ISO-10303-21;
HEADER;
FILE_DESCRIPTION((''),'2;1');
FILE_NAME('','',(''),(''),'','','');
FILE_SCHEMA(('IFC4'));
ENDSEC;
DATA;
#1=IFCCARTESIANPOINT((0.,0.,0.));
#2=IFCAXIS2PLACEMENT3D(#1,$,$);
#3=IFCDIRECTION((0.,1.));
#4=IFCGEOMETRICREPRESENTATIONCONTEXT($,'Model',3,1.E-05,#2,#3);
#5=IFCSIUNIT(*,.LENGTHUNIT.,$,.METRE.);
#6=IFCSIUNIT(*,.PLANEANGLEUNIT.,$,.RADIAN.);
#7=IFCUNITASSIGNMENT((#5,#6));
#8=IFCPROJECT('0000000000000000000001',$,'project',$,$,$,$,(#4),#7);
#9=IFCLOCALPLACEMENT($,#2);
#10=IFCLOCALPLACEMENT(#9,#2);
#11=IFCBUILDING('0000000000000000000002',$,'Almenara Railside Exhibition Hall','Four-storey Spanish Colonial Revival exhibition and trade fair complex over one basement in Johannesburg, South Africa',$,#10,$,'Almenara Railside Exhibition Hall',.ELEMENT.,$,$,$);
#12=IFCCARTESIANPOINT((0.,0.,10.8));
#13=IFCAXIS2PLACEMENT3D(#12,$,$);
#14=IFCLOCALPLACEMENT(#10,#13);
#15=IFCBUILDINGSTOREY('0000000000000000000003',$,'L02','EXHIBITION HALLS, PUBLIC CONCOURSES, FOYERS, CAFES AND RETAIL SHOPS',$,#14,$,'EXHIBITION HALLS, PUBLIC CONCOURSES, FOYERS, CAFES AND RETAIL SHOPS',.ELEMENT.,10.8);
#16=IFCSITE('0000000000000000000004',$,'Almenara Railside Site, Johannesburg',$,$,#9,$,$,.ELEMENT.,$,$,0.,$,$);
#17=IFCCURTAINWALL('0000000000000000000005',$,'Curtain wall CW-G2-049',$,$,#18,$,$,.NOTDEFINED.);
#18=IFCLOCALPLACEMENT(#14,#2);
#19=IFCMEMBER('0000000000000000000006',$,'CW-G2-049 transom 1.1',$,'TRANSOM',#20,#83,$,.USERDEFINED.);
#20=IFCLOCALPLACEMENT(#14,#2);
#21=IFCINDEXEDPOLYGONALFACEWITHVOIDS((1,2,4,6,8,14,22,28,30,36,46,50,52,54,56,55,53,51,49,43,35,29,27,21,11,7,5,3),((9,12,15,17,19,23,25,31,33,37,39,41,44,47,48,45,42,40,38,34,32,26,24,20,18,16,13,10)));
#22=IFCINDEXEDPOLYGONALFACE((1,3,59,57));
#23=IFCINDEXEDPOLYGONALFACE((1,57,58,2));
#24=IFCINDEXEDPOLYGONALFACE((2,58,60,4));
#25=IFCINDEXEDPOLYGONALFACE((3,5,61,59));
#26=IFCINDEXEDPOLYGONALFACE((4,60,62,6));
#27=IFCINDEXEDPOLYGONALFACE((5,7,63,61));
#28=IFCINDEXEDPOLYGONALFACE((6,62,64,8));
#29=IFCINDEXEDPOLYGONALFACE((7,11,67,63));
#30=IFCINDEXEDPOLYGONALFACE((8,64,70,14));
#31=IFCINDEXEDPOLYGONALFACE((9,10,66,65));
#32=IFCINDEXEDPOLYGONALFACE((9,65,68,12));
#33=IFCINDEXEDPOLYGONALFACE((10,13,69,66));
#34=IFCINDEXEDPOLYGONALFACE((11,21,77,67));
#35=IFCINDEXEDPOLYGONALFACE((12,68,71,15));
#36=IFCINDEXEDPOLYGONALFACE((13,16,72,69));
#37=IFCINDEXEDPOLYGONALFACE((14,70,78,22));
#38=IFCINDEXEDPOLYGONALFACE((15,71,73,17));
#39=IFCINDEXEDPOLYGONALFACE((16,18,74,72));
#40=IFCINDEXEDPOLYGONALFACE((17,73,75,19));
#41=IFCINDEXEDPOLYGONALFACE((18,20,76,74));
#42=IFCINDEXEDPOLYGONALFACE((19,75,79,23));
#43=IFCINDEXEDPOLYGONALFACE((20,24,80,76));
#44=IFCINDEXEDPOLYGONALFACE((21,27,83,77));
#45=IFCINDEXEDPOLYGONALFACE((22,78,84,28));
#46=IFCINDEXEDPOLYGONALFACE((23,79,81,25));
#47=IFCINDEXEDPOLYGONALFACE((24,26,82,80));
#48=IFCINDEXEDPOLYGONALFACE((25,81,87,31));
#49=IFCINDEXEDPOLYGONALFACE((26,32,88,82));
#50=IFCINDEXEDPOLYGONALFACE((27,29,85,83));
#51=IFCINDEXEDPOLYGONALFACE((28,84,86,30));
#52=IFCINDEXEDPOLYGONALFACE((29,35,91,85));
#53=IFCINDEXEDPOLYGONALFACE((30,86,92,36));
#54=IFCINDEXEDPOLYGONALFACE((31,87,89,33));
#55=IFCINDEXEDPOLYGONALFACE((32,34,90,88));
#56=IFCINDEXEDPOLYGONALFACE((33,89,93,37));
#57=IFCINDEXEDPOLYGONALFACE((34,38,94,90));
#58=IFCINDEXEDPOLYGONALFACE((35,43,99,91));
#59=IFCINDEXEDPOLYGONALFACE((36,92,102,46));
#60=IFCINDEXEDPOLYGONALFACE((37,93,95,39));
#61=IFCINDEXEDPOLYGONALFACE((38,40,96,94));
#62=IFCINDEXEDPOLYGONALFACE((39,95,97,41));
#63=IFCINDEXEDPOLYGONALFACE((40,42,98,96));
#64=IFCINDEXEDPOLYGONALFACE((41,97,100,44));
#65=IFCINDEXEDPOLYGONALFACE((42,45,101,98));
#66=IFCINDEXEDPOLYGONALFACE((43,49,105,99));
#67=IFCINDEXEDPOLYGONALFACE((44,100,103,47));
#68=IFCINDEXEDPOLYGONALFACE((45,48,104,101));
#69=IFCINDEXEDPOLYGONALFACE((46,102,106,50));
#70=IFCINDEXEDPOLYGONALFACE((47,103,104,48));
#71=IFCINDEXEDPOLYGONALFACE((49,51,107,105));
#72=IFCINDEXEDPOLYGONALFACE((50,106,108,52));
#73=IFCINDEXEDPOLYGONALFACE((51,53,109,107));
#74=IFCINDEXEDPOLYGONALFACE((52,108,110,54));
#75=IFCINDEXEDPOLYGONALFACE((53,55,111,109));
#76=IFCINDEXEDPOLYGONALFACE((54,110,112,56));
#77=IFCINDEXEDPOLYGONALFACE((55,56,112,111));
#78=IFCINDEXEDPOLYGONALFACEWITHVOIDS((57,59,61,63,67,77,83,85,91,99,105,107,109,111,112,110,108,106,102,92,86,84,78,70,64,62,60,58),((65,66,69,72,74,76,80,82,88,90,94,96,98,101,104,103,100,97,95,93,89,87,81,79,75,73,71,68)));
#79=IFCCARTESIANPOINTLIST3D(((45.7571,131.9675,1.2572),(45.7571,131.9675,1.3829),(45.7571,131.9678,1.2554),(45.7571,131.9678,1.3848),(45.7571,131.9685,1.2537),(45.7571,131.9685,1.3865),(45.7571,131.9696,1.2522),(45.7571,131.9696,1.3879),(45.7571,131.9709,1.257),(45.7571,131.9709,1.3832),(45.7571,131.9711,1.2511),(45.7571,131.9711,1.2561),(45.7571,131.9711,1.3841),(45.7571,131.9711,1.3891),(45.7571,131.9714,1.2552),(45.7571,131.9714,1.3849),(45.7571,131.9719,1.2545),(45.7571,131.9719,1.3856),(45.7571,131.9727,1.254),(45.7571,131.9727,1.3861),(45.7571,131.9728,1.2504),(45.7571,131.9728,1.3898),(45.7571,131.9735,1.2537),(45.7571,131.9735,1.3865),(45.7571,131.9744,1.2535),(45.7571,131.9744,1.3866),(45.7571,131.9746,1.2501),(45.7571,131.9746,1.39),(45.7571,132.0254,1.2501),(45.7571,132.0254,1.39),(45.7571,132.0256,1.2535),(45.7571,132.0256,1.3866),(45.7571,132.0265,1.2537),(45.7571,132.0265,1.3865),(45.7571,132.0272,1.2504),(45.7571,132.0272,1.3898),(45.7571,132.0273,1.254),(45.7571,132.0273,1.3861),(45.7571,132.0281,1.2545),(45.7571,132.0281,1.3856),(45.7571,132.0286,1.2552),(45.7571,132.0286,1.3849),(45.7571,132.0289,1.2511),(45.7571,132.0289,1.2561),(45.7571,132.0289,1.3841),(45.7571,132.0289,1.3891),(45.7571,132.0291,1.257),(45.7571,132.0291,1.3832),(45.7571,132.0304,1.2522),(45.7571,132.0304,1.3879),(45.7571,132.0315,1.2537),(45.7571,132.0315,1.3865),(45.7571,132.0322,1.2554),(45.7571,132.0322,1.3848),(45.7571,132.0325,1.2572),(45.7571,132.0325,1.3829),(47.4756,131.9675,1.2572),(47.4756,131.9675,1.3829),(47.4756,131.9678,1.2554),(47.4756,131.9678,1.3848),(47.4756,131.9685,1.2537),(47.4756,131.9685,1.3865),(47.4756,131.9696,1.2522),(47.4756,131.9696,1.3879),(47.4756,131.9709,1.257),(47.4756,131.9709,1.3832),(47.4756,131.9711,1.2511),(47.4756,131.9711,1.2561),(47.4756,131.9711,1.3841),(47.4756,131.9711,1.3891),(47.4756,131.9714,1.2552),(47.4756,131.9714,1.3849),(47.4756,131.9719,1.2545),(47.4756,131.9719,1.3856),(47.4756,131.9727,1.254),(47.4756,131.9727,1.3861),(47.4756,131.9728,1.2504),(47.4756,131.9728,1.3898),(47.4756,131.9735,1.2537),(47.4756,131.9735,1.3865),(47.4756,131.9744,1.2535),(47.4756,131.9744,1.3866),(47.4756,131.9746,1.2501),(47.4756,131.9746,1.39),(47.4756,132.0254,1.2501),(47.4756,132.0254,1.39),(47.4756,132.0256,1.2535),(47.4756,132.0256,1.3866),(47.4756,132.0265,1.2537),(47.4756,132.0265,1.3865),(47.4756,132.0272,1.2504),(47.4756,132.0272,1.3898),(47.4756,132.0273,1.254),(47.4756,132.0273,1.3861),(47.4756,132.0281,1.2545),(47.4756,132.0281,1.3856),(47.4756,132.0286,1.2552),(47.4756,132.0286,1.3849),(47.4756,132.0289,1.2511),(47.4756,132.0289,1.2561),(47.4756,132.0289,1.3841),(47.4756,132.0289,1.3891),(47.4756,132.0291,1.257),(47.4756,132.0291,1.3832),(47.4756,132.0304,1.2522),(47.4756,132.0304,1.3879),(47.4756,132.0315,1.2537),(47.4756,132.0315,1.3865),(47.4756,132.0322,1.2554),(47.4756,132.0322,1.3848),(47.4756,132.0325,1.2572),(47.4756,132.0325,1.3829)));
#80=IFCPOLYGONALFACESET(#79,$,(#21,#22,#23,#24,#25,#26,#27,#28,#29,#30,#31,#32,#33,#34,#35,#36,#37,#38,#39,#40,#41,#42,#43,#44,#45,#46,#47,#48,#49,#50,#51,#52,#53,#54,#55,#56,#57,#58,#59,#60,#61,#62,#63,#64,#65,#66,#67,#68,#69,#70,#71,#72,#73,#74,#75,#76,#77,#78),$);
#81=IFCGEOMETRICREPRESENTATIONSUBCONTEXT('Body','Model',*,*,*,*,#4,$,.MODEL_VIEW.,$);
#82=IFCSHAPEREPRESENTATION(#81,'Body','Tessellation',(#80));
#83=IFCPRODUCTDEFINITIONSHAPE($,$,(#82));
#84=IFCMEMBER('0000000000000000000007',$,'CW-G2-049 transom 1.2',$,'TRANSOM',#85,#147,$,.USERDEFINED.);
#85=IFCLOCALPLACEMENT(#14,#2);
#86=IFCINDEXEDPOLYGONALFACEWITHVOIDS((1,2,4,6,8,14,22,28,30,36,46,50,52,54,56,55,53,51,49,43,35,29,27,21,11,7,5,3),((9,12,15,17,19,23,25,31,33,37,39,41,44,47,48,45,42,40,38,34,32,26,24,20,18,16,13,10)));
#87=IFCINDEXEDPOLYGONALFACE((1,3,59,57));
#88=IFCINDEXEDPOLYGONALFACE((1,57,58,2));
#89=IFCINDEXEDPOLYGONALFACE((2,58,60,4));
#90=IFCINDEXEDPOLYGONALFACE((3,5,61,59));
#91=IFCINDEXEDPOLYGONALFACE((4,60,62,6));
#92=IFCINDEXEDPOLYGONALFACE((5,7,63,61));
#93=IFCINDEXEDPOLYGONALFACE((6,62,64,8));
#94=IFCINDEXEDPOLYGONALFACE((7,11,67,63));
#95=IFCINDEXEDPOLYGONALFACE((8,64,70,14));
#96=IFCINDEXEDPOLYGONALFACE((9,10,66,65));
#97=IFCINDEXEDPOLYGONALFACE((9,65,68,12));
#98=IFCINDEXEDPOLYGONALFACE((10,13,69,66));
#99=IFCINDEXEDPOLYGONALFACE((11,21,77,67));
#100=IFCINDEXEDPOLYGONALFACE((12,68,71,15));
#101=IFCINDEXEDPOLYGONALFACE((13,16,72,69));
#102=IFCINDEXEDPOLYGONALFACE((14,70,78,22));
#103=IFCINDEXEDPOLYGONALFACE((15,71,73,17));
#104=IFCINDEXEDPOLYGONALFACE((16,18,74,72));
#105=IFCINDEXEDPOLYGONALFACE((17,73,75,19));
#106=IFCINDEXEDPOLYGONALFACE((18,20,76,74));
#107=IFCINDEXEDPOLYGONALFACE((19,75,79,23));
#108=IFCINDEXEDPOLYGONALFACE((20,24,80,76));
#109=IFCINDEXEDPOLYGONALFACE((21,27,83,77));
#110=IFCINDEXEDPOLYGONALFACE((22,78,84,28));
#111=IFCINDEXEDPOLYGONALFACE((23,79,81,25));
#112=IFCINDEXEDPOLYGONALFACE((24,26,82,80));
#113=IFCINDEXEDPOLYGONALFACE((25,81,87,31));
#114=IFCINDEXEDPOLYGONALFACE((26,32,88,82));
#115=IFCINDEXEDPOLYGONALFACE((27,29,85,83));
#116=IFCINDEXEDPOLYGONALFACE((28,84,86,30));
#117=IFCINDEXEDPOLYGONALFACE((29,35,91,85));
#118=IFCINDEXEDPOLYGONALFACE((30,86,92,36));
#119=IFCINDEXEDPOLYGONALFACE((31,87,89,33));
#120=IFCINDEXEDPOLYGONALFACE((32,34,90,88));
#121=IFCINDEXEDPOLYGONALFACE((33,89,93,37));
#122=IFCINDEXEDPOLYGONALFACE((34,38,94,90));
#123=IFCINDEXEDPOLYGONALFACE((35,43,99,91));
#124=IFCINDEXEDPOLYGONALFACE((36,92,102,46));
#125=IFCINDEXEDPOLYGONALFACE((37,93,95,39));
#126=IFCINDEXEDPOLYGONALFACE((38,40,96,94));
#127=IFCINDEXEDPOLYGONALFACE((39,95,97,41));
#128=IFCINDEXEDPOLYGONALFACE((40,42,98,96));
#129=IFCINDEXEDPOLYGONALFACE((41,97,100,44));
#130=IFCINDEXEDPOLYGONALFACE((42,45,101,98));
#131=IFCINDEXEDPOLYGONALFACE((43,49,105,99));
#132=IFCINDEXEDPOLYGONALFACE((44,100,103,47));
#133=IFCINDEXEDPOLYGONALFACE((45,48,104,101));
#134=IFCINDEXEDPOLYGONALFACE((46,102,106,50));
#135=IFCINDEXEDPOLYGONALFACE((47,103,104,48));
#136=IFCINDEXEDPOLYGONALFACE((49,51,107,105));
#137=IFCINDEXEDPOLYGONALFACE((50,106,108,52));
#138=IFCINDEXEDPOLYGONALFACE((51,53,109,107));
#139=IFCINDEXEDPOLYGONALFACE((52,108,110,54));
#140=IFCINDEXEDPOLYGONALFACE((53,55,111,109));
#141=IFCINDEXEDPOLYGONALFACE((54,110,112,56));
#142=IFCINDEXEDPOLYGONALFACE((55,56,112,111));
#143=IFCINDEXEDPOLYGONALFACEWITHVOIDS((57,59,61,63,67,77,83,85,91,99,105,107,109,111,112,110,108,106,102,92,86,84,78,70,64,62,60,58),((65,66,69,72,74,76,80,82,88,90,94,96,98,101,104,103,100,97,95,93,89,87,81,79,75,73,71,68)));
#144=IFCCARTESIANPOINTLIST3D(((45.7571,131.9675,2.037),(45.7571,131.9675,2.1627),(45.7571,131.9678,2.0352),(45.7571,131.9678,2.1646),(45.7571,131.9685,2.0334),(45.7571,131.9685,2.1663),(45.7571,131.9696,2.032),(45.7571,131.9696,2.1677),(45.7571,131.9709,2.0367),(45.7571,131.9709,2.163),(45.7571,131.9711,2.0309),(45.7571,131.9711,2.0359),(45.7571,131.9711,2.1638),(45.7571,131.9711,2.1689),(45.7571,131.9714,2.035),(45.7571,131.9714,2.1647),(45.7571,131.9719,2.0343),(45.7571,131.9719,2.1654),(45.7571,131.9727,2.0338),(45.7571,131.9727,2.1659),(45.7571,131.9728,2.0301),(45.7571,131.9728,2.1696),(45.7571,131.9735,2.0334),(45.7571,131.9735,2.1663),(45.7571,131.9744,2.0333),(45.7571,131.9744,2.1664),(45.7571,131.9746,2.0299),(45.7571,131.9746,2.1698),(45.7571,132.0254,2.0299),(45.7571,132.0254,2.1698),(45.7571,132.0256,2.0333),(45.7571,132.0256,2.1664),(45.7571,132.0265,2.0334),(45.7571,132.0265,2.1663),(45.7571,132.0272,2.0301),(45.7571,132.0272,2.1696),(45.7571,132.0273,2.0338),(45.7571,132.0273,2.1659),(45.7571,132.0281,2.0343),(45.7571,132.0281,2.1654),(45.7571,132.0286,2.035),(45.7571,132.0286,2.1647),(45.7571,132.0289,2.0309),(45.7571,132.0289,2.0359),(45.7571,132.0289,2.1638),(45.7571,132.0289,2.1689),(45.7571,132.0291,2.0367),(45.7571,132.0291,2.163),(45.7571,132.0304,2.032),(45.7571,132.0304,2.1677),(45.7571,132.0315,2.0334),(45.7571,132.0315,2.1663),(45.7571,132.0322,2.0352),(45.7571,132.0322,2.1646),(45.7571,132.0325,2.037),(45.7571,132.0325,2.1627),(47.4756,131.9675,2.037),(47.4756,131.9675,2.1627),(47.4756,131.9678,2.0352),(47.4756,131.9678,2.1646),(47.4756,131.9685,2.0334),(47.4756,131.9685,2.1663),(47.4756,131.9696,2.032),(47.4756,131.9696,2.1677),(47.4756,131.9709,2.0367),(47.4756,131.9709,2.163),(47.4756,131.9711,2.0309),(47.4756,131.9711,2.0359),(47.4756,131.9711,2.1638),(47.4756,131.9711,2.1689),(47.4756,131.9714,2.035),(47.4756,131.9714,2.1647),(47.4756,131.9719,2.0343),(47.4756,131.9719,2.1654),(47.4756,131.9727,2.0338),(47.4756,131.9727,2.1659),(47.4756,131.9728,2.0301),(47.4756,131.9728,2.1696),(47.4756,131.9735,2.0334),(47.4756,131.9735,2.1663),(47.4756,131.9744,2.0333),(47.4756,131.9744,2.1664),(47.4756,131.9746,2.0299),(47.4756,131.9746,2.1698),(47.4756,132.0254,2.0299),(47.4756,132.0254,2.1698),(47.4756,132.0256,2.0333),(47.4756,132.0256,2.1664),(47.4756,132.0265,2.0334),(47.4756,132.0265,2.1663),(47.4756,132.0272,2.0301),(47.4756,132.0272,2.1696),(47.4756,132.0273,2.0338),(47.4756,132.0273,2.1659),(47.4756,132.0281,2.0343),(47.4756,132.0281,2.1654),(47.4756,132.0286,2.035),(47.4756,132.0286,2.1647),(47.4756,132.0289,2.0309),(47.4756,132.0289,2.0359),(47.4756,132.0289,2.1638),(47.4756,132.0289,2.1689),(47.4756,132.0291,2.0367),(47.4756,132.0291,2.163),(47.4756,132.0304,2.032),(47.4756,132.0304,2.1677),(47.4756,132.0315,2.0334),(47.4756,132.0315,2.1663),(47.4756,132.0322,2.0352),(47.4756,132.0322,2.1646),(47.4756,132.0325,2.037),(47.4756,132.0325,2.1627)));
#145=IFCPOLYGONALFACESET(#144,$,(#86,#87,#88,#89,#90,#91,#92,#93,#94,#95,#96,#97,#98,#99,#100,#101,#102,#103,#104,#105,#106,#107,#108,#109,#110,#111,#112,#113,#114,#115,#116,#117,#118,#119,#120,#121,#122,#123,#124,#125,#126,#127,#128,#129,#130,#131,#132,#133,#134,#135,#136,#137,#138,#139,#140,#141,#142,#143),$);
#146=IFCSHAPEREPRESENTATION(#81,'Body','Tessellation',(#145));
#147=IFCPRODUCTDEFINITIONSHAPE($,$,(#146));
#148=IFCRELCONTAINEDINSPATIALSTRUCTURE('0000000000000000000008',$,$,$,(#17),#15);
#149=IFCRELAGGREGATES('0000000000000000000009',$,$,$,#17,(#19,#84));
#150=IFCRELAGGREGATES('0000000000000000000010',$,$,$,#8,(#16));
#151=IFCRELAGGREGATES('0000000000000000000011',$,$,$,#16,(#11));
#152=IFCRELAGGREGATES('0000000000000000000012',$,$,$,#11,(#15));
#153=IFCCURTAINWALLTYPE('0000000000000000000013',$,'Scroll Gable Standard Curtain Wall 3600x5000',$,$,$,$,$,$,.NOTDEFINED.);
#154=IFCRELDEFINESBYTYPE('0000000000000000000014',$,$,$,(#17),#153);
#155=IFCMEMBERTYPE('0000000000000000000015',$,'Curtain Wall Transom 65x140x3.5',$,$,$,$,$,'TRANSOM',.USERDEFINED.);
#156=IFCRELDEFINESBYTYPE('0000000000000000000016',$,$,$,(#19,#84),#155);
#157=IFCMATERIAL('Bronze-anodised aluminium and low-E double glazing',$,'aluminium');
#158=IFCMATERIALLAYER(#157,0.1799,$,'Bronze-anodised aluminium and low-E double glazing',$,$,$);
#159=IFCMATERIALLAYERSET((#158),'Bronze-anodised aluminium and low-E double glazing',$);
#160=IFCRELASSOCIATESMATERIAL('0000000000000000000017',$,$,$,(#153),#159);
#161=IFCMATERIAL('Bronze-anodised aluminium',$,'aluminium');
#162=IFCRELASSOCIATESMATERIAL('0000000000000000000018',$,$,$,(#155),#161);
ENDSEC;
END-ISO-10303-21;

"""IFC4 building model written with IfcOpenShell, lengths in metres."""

from ifc_helpers import new_model, si_unit, direction, frame, origin, origin_2d, place, context, subcontext, project, spatial, hollow_rectangle, extrude, material, layer, layer_set, material_profile, profile_set, type_object, element, aggregate, save


model = new_model("IFC4")

# Units and contexts
model_context = context("Model", 3, precision=1e-05, world=origin(), true_north=direction((0.0, 1.0)))
body_context = subcontext(model_context, "Body", "Model", "MODEL_VIEW")
ifc_project = project(units=[si_unit("LENGTHUNIT", "METRE"), si_unit("PLANEANGLEUNIT", "RADIAN")], contexts=[model_context])

# Site, building, storey
site_placement = place(None, origin())
site = spatial("IfcSite", under=ifc_project, at=site_placement, Name="Almenara Railside Site, Johannesburg", CompositionType="ELEMENT", RefElevation=0.0)
building_placement = place(site_placement, origin())
building = spatial("IfcBuilding", under=site, at=building_placement, Name="Almenara Railside Exhibition Hall", Description="Four-storey Spanish Colonial Revival exhibition and trade fair complex over one basement in Johannesburg, South Africa", LongName="Almenara Railside Exhibition Hall", CompositionType="ELEMENT")
storey_placement = place(building_placement, frame((0.0, 0.0, 10.8)))
storey = spatial("IfcBuildingStorey", under=building, at=storey_placement, Name="L02", Description="EXHIBITION HALLS, PUBLIC CONCOURSES, FOYERS, CAFES AND RETAIL SHOPS", LongName="EXHIBITION HALLS, PUBLIC CONCOURSES, FOYERS, CAFES AND RETAIL SHOPS", CompositionType="ELEMENT", Elevation=10.8)

# Curtain wall
ifc_material_1 = material(Name="Bronze-anodised aluminium and low-E double glazing", Category="aluminium")
ifc_layer_1 = layer(ifc_material_1, 0.1799, Name="Bronze-anodised aluminium and low-E double glazing")
ifc_layer_set_1 = layer_set([ifc_layer_1], Name="Bronze-anodised aluminium and low-E double glazing")
curtain_wall_type_1 = type_object("IfcCurtainWallType", Name="Scroll Gable Standard Curtain Wall 3600x5000", PredefinedType="NOTDEFINED", material=ifc_layer_set_1)
ifc_material_2 = material(Name="Bronze-anodised aluminium", Category="aluminium")
curtain_wall_1_placement = place(storey_placement, origin())
curtain_wall_1 = element("IfcCurtainWall", 1, at=curtain_wall_1_placement, inside=storey, type_object=curtain_wall_type_1, Name="Curtain wall CW-G2-049", PredefinedType="NOTDEFINED")

# Members
ifc_material_profile_1 = material_profile(ifc_material_2, hollow_rectangle(XDim=0.0649, YDim=0.1399, WallThickness=0.0034, InnerFilletRadius=0.0034, OuterFilletRadius=0.0071, at=origin_2d()), Name="ALU-TRN 65x140x3.5")
ifc_profile_set_1 = profile_set([ifc_material_profile_1], Name="Bronze-anodised aluminium")
member_type_1 = type_object("IfcMemberType", Name="Curtain Wall Transom 65x140x3.5", ElementType="TRANSOM", PredefinedType="USERDEFINED", material=ifc_profile_set_1)
member_1_placement = place(storey_placement, frame((45.7571, 132.0, 1.3201), z_axis=(1.0, 0.0, 0.0), x_axis=(0.0, 1.0, 0.0)))
member_1 = element("IfcMember", 2, at=member_1_placement, type_object=member_type_1, Name="CW-G2-049 transom 1.1", ObjectType="TRANSOM", PredefinedType="USERDEFINED", context=body_context, shape_type="SweptSolid", body=[
    extrude(hollow_rectangle(XDim=0.0649, YDim=0.1399, WallThickness=0.0034, InnerFilletRadius=0.0034, OuterFilletRadius=0.0071, at=origin_2d()), origin(), (0.0, 0.0, 1.0), 1.7185),
])
member_2_placement = place(storey_placement, frame((45.7571, 132.0, 2.0999), z_axis=(1.0, 0.0, 0.0), x_axis=(0.0, 1.0, 0.0)))
member_2 = element("IfcMember", 3, at=member_2_placement, type_object=member_type_1, Name="CW-G2-049 transom 1.2", ObjectType="TRANSOM", PredefinedType="USERDEFINED", context=body_context, shape_type="SweptSolid", body=[
    extrude(hollow_rectangle(XDim=0.0649, YDim=0.1399, WallThickness=0.0034, InnerFilletRadius=0.0034, OuterFilletRadius=0.0071, at=origin_2d()), origin(), (0.0, 0.0, 1.0), 1.7185),
])

aggregate(curtain_wall_1, [member_1, member_2])

save(model, "model.ifc")
